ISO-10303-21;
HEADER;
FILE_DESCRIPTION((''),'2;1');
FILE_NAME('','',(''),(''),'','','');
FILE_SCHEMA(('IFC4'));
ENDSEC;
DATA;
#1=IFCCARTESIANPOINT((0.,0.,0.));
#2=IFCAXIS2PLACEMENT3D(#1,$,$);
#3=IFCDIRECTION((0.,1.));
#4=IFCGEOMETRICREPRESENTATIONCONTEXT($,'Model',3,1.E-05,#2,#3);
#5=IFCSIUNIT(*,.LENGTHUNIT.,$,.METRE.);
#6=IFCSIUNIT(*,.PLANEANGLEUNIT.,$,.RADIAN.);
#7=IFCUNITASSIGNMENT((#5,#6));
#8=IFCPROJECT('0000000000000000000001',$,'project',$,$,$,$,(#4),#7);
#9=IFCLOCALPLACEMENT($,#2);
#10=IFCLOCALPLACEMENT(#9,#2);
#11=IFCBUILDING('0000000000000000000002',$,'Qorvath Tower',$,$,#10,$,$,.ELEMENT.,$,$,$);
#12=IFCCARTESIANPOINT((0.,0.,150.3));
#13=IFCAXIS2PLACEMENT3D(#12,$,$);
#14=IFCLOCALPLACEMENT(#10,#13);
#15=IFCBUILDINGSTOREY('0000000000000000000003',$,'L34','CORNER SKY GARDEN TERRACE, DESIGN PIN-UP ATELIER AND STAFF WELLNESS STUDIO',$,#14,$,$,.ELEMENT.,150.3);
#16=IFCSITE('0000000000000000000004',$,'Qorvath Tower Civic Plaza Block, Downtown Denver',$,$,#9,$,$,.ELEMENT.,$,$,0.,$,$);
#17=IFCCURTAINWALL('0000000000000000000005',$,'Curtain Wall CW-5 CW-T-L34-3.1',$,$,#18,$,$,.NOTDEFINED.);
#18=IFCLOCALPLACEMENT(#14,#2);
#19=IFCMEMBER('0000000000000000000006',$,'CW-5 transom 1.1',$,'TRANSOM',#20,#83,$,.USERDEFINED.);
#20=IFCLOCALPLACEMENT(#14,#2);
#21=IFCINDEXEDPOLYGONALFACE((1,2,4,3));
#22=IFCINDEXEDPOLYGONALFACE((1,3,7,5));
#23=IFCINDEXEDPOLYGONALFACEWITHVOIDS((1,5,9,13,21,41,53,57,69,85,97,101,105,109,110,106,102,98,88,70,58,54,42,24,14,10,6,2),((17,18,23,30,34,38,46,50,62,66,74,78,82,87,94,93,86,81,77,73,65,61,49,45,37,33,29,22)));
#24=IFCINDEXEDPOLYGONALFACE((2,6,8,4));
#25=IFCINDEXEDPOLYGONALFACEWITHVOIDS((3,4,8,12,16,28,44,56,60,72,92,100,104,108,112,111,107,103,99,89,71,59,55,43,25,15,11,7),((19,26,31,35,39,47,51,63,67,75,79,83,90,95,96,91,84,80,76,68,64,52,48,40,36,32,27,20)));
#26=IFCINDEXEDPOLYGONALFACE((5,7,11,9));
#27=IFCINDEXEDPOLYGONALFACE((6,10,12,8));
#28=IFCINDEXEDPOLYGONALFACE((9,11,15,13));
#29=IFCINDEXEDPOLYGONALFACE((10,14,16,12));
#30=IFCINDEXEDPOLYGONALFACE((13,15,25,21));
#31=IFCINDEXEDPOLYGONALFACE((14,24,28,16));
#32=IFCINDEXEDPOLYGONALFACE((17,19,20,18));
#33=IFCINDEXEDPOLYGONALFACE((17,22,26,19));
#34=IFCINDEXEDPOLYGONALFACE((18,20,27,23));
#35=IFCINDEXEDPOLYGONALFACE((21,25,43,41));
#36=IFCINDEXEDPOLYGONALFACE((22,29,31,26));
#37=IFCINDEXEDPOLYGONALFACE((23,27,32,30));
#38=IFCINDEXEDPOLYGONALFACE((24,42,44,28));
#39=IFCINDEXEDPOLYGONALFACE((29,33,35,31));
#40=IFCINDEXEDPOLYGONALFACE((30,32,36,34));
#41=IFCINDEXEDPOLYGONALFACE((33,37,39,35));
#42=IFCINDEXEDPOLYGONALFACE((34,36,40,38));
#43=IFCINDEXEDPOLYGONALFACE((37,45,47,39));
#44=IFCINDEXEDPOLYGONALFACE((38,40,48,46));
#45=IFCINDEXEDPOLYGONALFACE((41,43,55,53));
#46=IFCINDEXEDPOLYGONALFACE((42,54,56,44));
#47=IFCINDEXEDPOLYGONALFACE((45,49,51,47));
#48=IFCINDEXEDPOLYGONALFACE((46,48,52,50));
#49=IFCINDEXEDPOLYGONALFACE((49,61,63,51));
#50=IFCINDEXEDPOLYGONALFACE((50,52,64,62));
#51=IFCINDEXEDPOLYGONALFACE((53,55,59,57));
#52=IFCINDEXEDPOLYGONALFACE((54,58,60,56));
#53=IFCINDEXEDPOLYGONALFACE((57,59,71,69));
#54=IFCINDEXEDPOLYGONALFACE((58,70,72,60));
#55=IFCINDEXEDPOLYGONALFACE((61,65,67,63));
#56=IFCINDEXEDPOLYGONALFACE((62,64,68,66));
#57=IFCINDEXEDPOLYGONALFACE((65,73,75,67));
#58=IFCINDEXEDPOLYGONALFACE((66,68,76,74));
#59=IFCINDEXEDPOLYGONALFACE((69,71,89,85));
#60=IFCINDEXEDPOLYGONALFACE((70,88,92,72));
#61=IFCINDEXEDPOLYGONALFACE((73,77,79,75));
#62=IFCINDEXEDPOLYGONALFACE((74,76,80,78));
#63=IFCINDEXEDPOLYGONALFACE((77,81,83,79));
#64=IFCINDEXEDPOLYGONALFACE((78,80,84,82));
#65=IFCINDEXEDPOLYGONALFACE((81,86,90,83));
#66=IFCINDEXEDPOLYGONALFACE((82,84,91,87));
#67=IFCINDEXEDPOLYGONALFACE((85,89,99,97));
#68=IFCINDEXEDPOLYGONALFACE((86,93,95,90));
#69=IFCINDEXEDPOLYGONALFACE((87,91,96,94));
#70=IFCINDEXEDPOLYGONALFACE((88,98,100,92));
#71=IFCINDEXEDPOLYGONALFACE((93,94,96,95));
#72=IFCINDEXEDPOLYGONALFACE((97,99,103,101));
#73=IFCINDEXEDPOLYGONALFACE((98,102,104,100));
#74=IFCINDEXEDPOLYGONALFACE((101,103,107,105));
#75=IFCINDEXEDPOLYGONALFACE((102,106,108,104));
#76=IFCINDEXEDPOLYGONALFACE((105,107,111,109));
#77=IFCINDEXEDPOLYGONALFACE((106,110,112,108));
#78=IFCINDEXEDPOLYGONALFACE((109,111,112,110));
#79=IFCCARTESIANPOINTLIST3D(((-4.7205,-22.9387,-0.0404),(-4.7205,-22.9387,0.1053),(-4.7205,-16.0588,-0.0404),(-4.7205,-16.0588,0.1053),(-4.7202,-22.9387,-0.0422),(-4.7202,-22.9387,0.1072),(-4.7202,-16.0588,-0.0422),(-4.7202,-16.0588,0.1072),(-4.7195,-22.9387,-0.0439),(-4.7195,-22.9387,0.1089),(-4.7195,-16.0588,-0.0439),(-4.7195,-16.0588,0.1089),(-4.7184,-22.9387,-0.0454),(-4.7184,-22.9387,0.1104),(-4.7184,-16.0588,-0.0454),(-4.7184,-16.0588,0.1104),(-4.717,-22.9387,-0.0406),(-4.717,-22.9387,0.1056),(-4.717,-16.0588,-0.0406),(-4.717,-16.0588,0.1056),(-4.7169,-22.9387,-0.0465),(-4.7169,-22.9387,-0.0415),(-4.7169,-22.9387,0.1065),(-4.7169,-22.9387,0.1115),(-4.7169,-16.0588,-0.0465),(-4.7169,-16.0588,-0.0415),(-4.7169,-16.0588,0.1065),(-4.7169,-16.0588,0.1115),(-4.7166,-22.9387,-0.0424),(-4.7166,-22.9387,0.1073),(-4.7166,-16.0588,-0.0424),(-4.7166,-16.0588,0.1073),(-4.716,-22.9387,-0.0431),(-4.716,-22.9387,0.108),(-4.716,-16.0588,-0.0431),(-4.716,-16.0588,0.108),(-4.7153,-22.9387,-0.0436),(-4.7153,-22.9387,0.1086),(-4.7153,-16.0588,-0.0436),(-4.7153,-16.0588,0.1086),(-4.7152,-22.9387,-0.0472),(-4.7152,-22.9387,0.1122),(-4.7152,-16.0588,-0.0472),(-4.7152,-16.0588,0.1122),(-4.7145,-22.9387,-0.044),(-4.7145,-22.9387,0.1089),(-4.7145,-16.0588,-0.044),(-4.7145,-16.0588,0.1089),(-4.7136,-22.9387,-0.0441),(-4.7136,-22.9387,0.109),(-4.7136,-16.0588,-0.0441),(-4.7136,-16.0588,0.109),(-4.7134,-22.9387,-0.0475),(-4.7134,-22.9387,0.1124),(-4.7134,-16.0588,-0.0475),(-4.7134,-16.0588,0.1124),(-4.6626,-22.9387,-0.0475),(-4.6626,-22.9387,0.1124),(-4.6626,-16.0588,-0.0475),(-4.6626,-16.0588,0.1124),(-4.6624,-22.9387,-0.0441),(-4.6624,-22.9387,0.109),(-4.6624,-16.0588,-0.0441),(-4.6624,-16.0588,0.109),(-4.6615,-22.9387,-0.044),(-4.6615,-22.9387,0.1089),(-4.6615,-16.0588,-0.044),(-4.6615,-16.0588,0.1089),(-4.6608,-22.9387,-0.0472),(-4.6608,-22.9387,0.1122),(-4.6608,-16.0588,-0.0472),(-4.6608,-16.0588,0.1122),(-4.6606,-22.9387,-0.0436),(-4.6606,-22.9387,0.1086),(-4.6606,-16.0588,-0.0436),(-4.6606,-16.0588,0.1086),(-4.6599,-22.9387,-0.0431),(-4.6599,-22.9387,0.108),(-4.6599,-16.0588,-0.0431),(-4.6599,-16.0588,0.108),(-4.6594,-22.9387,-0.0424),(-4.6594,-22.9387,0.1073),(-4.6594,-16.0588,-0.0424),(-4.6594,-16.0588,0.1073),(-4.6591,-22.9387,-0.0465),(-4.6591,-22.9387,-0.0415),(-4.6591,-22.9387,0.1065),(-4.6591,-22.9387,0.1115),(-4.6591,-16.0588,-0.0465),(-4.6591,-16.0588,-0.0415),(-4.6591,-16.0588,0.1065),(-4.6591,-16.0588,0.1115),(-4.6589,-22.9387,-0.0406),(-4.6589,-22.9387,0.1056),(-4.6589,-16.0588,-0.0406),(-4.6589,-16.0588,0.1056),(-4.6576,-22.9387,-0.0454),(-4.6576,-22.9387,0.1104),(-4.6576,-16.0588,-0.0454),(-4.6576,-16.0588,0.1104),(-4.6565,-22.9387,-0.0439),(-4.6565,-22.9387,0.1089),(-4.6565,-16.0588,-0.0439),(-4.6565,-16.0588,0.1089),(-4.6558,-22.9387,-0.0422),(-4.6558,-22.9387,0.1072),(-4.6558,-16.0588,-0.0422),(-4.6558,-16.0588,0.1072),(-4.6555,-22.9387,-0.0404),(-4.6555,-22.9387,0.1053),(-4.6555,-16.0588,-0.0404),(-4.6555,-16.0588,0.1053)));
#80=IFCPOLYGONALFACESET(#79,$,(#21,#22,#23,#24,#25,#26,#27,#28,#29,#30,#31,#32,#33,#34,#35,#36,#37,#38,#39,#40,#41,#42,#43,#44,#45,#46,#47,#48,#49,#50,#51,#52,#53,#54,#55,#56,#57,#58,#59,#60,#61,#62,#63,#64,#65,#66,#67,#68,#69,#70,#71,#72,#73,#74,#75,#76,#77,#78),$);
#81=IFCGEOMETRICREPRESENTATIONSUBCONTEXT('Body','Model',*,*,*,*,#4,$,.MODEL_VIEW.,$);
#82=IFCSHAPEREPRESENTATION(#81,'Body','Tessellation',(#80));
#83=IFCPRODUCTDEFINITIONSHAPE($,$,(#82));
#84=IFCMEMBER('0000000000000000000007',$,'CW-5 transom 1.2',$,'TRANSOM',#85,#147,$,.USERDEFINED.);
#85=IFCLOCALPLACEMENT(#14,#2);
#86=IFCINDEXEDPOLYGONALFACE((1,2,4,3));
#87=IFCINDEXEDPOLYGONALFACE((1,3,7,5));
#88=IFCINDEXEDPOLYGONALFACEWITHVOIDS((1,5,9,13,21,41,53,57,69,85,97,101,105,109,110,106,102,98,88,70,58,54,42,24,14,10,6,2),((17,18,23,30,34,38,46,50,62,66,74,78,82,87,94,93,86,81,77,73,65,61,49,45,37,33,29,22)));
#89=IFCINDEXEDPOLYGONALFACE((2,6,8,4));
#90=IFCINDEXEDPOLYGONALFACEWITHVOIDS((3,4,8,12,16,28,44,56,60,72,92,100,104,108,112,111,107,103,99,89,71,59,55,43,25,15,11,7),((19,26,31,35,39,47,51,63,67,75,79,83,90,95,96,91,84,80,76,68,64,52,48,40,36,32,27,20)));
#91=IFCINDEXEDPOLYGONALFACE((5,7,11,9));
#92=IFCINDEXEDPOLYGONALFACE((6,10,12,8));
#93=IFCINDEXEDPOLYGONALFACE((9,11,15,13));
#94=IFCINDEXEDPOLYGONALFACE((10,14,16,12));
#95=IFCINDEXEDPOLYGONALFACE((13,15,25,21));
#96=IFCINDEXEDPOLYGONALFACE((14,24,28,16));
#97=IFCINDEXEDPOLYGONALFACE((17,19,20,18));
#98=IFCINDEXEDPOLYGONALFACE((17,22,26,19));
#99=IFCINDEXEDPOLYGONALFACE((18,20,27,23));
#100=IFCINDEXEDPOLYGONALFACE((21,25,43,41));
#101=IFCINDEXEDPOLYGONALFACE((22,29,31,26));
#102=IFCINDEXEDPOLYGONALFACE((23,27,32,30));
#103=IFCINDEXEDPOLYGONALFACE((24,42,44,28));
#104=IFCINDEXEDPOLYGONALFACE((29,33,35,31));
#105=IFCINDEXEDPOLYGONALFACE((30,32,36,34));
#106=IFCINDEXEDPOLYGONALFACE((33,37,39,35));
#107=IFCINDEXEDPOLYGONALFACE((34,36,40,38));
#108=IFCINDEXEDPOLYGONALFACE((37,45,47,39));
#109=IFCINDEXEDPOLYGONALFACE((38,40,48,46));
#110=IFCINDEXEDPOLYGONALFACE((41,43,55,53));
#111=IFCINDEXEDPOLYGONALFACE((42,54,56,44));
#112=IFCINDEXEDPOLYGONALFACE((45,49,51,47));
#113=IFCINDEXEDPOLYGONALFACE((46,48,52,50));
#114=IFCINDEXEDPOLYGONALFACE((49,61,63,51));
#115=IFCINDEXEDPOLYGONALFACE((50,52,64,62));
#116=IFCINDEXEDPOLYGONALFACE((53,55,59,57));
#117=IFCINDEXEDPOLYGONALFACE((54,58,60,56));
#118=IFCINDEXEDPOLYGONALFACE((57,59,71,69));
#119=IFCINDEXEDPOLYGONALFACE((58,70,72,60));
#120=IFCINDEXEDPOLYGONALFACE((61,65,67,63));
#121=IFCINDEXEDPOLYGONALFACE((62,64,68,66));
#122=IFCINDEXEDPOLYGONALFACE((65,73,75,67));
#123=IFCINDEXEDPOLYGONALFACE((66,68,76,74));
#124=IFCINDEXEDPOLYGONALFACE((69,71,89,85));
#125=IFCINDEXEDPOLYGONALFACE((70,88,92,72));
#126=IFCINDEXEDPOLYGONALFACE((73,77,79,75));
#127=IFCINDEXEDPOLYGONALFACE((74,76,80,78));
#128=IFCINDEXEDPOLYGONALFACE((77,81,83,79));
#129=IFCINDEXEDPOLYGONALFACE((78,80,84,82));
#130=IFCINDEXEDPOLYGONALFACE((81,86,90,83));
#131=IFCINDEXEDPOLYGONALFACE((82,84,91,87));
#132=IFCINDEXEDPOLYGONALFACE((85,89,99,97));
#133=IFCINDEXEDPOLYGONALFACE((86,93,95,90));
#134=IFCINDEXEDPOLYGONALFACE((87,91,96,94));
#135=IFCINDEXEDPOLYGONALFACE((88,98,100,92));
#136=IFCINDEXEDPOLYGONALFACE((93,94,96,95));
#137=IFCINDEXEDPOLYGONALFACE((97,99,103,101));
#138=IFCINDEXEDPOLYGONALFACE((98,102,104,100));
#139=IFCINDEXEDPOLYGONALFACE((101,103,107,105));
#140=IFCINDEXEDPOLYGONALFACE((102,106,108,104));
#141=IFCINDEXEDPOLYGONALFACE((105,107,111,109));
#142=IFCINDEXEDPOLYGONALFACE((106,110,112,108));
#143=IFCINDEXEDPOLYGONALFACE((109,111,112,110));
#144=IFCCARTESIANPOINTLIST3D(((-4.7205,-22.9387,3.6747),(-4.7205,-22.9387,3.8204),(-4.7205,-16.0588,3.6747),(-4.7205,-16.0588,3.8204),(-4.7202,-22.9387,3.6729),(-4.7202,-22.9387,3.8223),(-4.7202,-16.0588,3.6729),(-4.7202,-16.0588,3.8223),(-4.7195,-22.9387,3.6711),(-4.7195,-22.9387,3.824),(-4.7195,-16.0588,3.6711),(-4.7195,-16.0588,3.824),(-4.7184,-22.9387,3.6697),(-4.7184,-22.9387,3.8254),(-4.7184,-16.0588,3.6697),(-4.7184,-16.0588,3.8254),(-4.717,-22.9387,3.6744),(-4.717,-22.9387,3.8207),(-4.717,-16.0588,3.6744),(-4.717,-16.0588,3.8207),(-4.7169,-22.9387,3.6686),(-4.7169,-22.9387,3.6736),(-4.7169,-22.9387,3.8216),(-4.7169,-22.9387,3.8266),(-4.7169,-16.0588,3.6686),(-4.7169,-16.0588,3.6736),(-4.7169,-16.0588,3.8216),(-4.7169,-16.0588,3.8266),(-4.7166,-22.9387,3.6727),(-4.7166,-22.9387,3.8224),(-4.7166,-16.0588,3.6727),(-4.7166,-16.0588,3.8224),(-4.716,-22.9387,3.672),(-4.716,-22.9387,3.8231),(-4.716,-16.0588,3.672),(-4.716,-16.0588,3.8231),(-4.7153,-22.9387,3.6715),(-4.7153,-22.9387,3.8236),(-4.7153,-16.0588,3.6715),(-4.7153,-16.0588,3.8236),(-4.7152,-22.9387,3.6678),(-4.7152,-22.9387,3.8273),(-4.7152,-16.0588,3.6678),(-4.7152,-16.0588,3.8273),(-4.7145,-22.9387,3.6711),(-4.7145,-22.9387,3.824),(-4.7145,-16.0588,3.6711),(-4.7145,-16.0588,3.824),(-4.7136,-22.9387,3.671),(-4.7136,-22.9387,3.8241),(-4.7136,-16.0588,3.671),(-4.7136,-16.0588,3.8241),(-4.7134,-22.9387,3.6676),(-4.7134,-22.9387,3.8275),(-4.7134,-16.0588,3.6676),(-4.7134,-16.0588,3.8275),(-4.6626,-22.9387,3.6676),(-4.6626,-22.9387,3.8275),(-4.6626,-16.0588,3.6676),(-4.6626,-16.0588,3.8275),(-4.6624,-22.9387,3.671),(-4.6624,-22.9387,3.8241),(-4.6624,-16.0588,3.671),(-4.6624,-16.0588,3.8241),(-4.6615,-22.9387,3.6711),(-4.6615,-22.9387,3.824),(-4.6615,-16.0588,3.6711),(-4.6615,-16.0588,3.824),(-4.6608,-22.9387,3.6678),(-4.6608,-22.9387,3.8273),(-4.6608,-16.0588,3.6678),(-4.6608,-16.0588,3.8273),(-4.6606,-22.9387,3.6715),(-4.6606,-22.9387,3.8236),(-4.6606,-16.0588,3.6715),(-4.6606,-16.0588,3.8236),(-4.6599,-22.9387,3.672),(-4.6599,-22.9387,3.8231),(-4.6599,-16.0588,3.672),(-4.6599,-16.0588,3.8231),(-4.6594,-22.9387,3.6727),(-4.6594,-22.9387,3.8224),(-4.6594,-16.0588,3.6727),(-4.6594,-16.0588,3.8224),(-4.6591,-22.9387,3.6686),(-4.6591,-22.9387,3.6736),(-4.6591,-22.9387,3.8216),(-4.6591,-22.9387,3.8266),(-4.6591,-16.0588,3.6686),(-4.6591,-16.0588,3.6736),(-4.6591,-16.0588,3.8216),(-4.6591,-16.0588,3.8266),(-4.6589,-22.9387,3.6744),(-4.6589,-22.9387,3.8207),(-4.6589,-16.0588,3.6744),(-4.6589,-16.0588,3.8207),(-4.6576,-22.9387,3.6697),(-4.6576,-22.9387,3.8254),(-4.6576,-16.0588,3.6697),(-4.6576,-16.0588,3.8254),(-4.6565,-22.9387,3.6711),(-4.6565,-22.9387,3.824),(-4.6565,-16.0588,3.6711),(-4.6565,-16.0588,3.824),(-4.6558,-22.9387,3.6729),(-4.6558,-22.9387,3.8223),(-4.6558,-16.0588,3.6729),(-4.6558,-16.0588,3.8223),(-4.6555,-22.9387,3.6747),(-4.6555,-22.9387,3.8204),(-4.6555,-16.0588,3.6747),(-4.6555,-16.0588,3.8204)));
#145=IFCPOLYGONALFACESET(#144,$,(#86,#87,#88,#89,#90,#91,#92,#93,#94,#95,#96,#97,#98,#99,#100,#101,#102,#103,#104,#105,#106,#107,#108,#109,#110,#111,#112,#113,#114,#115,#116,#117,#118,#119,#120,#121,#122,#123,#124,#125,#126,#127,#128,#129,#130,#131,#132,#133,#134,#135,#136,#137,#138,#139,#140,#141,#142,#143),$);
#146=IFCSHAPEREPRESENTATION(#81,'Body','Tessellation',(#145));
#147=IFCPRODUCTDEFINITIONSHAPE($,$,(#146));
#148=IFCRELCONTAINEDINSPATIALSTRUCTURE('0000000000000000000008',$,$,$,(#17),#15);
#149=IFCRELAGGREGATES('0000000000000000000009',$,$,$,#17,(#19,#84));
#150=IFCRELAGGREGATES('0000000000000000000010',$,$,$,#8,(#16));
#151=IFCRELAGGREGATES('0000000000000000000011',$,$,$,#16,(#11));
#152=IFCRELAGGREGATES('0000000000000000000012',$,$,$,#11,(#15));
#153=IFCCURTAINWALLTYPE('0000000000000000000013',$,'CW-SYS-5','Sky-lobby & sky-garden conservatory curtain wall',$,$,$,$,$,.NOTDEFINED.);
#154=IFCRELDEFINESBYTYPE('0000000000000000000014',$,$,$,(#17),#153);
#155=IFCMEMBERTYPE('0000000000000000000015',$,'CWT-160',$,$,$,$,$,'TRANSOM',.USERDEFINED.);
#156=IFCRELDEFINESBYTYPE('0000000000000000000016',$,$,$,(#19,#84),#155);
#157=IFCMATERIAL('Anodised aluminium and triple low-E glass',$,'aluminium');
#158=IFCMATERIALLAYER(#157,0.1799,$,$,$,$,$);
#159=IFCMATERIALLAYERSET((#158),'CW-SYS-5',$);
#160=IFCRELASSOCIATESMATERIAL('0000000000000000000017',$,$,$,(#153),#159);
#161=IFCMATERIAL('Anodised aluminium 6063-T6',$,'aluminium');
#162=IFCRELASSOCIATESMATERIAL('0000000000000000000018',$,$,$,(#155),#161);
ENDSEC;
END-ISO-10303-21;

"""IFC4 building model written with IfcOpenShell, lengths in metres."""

from ifc_helpers import new_model, si_unit, direction, frame, origin, origin_2d, place, context, subcontext, project, spatial, hollow_rectangle, extrude, material, layer, layer_set, material_profile, profile_set, type_object, element, aggregate, save


model = new_model("IFC4")

# Units and contexts
model_context = context("Model", 3, precision=1e-05, world=origin(), true_north=direction((0.0, 1.0)))
body_context = subcontext(model_context, "Body", "Model", "MODEL_VIEW")
ifc_project = project(units=[si_unit("LENGTHUNIT", "METRE"), si_unit("PLANEANGLEUNIT", "RADIAN")], contexts=[model_context])

# Site, building, storey
site_placement = place(None, origin())
site = spatial("IfcSite", under=ifc_project, at=site_placement, Name="Qorvath Tower Civic Plaza Block, Downtown Denver", CompositionType="ELEMENT", RefElevation=0.0)
building_placement = place(site_placement, origin())
building = spatial("IfcBuilding", under=site, at=building_placement, Name="Qorvath Tower", CompositionType="ELEMENT")
storey_placement = place(building_placement, frame((0.0, 0.0, 150.3)))
storey = spatial("IfcBuildingStorey", under=building, at=storey_placement, Name="L34", Description="CORNER SKY GARDEN TERRACE, DESIGN PIN-UP ATELIER AND STAFF WELLNESS STUDIO", CompositionType="ELEMENT", Elevation=150.3)

# Shared definitions
ifc_material_1 = material(Name="Anodised aluminium and triple low-E glass", Category="aluminium")
ifc_layer_1 = layer(ifc_material_1, 0.1799)
ifc_layer_set_1 = layer_set([ifc_layer_1], Name="CW-SYS-5")
curtain_wall_type = type_object("IfcCurtainWallType", Name="CW-SYS-5", Description="Sky-lobby & sky-garden conservatory curtain wall", PredefinedType="NOTDEFINED", material=ifc_layer_set_1)

# Curtain wall
curtain_wall_1_placement = place(storey_placement, origin())
curtain_wall_1 = element("IfcCurtainWall", 1, at=curtain_wall_1_placement, inside=storey, type_object=curtain_wall_type, Name="Curtain Wall CW-5 CW-T-L34-3.1", PredefinedType="NOTDEFINED")

# Members
ifc_material_2 = material(Name="Anodised aluminium 6063-T6", Category="aluminium")
ifc_material_profile_1 = material_profile(ifc_material_2, hollow_rectangle(XDim=0.0649, YDim=0.1599, WallThickness=0.0034, InnerFilletRadius=0.0034, OuterFilletRadius=0.0071, at=origin_2d()), Name="CWT 160x65")
ifc_profile_set_1 = profile_set([ifc_material_profile_1], Name="Anodised aluminium 6063-T6")
member_type_1 = type_object("IfcMemberType", Name="CWT-160", ElementType="TRANSOM", PredefinedType="USERDEFINED", material=ifc_profile_set_1)
member_1_placement = place(storey_placement, frame((-4.688, -16.0588, 0.0325), z_axis=(0.0, -1.0, 0.0), x_axis=(1.0, 0.0, 0.0)))
member_1 = element("IfcMember", 2, at=member_1_placement, type_object=member_type_1, Name="CW-5 transom 1.1", ObjectType="TRANSOM", PredefinedType="USERDEFINED", context=body_context, shape_type="SweptSolid", body=[
    extrude(hollow_rectangle(XDim=0.0649, YDim=0.1599, WallThickness=0.0034, InnerFilletRadius=0.0034, OuterFilletRadius=0.0071, at=origin_2d()), origin(), (0.0, 0.0, 1.0), 6.8799),
])
member_2_placement = place(storey_placement, frame((-4.688, -16.0588, 3.7476), z_axis=(0.0, -1.0, 0.0), x_axis=(1.0, 0.0, 0.0)))
member_2 = element("IfcMember", 3, at=member_2_placement, type_object=member_type_1, Name="CW-5 transom 1.2", ObjectType="TRANSOM", PredefinedType="USERDEFINED", context=body_context, shape_type="SweptSolid", body=[
    extrude(hollow_rectangle(XDim=0.0649, YDim=0.1599, WallThickness=0.0034, InnerFilletRadius=0.0034, OuterFilletRadius=0.0071, at=origin_2d()), origin(), (0.0, 0.0, 1.0), 6.8799),
])

aggregate(curtain_wall_1, [member_1, member_2])

save(model, "model.ifc")
